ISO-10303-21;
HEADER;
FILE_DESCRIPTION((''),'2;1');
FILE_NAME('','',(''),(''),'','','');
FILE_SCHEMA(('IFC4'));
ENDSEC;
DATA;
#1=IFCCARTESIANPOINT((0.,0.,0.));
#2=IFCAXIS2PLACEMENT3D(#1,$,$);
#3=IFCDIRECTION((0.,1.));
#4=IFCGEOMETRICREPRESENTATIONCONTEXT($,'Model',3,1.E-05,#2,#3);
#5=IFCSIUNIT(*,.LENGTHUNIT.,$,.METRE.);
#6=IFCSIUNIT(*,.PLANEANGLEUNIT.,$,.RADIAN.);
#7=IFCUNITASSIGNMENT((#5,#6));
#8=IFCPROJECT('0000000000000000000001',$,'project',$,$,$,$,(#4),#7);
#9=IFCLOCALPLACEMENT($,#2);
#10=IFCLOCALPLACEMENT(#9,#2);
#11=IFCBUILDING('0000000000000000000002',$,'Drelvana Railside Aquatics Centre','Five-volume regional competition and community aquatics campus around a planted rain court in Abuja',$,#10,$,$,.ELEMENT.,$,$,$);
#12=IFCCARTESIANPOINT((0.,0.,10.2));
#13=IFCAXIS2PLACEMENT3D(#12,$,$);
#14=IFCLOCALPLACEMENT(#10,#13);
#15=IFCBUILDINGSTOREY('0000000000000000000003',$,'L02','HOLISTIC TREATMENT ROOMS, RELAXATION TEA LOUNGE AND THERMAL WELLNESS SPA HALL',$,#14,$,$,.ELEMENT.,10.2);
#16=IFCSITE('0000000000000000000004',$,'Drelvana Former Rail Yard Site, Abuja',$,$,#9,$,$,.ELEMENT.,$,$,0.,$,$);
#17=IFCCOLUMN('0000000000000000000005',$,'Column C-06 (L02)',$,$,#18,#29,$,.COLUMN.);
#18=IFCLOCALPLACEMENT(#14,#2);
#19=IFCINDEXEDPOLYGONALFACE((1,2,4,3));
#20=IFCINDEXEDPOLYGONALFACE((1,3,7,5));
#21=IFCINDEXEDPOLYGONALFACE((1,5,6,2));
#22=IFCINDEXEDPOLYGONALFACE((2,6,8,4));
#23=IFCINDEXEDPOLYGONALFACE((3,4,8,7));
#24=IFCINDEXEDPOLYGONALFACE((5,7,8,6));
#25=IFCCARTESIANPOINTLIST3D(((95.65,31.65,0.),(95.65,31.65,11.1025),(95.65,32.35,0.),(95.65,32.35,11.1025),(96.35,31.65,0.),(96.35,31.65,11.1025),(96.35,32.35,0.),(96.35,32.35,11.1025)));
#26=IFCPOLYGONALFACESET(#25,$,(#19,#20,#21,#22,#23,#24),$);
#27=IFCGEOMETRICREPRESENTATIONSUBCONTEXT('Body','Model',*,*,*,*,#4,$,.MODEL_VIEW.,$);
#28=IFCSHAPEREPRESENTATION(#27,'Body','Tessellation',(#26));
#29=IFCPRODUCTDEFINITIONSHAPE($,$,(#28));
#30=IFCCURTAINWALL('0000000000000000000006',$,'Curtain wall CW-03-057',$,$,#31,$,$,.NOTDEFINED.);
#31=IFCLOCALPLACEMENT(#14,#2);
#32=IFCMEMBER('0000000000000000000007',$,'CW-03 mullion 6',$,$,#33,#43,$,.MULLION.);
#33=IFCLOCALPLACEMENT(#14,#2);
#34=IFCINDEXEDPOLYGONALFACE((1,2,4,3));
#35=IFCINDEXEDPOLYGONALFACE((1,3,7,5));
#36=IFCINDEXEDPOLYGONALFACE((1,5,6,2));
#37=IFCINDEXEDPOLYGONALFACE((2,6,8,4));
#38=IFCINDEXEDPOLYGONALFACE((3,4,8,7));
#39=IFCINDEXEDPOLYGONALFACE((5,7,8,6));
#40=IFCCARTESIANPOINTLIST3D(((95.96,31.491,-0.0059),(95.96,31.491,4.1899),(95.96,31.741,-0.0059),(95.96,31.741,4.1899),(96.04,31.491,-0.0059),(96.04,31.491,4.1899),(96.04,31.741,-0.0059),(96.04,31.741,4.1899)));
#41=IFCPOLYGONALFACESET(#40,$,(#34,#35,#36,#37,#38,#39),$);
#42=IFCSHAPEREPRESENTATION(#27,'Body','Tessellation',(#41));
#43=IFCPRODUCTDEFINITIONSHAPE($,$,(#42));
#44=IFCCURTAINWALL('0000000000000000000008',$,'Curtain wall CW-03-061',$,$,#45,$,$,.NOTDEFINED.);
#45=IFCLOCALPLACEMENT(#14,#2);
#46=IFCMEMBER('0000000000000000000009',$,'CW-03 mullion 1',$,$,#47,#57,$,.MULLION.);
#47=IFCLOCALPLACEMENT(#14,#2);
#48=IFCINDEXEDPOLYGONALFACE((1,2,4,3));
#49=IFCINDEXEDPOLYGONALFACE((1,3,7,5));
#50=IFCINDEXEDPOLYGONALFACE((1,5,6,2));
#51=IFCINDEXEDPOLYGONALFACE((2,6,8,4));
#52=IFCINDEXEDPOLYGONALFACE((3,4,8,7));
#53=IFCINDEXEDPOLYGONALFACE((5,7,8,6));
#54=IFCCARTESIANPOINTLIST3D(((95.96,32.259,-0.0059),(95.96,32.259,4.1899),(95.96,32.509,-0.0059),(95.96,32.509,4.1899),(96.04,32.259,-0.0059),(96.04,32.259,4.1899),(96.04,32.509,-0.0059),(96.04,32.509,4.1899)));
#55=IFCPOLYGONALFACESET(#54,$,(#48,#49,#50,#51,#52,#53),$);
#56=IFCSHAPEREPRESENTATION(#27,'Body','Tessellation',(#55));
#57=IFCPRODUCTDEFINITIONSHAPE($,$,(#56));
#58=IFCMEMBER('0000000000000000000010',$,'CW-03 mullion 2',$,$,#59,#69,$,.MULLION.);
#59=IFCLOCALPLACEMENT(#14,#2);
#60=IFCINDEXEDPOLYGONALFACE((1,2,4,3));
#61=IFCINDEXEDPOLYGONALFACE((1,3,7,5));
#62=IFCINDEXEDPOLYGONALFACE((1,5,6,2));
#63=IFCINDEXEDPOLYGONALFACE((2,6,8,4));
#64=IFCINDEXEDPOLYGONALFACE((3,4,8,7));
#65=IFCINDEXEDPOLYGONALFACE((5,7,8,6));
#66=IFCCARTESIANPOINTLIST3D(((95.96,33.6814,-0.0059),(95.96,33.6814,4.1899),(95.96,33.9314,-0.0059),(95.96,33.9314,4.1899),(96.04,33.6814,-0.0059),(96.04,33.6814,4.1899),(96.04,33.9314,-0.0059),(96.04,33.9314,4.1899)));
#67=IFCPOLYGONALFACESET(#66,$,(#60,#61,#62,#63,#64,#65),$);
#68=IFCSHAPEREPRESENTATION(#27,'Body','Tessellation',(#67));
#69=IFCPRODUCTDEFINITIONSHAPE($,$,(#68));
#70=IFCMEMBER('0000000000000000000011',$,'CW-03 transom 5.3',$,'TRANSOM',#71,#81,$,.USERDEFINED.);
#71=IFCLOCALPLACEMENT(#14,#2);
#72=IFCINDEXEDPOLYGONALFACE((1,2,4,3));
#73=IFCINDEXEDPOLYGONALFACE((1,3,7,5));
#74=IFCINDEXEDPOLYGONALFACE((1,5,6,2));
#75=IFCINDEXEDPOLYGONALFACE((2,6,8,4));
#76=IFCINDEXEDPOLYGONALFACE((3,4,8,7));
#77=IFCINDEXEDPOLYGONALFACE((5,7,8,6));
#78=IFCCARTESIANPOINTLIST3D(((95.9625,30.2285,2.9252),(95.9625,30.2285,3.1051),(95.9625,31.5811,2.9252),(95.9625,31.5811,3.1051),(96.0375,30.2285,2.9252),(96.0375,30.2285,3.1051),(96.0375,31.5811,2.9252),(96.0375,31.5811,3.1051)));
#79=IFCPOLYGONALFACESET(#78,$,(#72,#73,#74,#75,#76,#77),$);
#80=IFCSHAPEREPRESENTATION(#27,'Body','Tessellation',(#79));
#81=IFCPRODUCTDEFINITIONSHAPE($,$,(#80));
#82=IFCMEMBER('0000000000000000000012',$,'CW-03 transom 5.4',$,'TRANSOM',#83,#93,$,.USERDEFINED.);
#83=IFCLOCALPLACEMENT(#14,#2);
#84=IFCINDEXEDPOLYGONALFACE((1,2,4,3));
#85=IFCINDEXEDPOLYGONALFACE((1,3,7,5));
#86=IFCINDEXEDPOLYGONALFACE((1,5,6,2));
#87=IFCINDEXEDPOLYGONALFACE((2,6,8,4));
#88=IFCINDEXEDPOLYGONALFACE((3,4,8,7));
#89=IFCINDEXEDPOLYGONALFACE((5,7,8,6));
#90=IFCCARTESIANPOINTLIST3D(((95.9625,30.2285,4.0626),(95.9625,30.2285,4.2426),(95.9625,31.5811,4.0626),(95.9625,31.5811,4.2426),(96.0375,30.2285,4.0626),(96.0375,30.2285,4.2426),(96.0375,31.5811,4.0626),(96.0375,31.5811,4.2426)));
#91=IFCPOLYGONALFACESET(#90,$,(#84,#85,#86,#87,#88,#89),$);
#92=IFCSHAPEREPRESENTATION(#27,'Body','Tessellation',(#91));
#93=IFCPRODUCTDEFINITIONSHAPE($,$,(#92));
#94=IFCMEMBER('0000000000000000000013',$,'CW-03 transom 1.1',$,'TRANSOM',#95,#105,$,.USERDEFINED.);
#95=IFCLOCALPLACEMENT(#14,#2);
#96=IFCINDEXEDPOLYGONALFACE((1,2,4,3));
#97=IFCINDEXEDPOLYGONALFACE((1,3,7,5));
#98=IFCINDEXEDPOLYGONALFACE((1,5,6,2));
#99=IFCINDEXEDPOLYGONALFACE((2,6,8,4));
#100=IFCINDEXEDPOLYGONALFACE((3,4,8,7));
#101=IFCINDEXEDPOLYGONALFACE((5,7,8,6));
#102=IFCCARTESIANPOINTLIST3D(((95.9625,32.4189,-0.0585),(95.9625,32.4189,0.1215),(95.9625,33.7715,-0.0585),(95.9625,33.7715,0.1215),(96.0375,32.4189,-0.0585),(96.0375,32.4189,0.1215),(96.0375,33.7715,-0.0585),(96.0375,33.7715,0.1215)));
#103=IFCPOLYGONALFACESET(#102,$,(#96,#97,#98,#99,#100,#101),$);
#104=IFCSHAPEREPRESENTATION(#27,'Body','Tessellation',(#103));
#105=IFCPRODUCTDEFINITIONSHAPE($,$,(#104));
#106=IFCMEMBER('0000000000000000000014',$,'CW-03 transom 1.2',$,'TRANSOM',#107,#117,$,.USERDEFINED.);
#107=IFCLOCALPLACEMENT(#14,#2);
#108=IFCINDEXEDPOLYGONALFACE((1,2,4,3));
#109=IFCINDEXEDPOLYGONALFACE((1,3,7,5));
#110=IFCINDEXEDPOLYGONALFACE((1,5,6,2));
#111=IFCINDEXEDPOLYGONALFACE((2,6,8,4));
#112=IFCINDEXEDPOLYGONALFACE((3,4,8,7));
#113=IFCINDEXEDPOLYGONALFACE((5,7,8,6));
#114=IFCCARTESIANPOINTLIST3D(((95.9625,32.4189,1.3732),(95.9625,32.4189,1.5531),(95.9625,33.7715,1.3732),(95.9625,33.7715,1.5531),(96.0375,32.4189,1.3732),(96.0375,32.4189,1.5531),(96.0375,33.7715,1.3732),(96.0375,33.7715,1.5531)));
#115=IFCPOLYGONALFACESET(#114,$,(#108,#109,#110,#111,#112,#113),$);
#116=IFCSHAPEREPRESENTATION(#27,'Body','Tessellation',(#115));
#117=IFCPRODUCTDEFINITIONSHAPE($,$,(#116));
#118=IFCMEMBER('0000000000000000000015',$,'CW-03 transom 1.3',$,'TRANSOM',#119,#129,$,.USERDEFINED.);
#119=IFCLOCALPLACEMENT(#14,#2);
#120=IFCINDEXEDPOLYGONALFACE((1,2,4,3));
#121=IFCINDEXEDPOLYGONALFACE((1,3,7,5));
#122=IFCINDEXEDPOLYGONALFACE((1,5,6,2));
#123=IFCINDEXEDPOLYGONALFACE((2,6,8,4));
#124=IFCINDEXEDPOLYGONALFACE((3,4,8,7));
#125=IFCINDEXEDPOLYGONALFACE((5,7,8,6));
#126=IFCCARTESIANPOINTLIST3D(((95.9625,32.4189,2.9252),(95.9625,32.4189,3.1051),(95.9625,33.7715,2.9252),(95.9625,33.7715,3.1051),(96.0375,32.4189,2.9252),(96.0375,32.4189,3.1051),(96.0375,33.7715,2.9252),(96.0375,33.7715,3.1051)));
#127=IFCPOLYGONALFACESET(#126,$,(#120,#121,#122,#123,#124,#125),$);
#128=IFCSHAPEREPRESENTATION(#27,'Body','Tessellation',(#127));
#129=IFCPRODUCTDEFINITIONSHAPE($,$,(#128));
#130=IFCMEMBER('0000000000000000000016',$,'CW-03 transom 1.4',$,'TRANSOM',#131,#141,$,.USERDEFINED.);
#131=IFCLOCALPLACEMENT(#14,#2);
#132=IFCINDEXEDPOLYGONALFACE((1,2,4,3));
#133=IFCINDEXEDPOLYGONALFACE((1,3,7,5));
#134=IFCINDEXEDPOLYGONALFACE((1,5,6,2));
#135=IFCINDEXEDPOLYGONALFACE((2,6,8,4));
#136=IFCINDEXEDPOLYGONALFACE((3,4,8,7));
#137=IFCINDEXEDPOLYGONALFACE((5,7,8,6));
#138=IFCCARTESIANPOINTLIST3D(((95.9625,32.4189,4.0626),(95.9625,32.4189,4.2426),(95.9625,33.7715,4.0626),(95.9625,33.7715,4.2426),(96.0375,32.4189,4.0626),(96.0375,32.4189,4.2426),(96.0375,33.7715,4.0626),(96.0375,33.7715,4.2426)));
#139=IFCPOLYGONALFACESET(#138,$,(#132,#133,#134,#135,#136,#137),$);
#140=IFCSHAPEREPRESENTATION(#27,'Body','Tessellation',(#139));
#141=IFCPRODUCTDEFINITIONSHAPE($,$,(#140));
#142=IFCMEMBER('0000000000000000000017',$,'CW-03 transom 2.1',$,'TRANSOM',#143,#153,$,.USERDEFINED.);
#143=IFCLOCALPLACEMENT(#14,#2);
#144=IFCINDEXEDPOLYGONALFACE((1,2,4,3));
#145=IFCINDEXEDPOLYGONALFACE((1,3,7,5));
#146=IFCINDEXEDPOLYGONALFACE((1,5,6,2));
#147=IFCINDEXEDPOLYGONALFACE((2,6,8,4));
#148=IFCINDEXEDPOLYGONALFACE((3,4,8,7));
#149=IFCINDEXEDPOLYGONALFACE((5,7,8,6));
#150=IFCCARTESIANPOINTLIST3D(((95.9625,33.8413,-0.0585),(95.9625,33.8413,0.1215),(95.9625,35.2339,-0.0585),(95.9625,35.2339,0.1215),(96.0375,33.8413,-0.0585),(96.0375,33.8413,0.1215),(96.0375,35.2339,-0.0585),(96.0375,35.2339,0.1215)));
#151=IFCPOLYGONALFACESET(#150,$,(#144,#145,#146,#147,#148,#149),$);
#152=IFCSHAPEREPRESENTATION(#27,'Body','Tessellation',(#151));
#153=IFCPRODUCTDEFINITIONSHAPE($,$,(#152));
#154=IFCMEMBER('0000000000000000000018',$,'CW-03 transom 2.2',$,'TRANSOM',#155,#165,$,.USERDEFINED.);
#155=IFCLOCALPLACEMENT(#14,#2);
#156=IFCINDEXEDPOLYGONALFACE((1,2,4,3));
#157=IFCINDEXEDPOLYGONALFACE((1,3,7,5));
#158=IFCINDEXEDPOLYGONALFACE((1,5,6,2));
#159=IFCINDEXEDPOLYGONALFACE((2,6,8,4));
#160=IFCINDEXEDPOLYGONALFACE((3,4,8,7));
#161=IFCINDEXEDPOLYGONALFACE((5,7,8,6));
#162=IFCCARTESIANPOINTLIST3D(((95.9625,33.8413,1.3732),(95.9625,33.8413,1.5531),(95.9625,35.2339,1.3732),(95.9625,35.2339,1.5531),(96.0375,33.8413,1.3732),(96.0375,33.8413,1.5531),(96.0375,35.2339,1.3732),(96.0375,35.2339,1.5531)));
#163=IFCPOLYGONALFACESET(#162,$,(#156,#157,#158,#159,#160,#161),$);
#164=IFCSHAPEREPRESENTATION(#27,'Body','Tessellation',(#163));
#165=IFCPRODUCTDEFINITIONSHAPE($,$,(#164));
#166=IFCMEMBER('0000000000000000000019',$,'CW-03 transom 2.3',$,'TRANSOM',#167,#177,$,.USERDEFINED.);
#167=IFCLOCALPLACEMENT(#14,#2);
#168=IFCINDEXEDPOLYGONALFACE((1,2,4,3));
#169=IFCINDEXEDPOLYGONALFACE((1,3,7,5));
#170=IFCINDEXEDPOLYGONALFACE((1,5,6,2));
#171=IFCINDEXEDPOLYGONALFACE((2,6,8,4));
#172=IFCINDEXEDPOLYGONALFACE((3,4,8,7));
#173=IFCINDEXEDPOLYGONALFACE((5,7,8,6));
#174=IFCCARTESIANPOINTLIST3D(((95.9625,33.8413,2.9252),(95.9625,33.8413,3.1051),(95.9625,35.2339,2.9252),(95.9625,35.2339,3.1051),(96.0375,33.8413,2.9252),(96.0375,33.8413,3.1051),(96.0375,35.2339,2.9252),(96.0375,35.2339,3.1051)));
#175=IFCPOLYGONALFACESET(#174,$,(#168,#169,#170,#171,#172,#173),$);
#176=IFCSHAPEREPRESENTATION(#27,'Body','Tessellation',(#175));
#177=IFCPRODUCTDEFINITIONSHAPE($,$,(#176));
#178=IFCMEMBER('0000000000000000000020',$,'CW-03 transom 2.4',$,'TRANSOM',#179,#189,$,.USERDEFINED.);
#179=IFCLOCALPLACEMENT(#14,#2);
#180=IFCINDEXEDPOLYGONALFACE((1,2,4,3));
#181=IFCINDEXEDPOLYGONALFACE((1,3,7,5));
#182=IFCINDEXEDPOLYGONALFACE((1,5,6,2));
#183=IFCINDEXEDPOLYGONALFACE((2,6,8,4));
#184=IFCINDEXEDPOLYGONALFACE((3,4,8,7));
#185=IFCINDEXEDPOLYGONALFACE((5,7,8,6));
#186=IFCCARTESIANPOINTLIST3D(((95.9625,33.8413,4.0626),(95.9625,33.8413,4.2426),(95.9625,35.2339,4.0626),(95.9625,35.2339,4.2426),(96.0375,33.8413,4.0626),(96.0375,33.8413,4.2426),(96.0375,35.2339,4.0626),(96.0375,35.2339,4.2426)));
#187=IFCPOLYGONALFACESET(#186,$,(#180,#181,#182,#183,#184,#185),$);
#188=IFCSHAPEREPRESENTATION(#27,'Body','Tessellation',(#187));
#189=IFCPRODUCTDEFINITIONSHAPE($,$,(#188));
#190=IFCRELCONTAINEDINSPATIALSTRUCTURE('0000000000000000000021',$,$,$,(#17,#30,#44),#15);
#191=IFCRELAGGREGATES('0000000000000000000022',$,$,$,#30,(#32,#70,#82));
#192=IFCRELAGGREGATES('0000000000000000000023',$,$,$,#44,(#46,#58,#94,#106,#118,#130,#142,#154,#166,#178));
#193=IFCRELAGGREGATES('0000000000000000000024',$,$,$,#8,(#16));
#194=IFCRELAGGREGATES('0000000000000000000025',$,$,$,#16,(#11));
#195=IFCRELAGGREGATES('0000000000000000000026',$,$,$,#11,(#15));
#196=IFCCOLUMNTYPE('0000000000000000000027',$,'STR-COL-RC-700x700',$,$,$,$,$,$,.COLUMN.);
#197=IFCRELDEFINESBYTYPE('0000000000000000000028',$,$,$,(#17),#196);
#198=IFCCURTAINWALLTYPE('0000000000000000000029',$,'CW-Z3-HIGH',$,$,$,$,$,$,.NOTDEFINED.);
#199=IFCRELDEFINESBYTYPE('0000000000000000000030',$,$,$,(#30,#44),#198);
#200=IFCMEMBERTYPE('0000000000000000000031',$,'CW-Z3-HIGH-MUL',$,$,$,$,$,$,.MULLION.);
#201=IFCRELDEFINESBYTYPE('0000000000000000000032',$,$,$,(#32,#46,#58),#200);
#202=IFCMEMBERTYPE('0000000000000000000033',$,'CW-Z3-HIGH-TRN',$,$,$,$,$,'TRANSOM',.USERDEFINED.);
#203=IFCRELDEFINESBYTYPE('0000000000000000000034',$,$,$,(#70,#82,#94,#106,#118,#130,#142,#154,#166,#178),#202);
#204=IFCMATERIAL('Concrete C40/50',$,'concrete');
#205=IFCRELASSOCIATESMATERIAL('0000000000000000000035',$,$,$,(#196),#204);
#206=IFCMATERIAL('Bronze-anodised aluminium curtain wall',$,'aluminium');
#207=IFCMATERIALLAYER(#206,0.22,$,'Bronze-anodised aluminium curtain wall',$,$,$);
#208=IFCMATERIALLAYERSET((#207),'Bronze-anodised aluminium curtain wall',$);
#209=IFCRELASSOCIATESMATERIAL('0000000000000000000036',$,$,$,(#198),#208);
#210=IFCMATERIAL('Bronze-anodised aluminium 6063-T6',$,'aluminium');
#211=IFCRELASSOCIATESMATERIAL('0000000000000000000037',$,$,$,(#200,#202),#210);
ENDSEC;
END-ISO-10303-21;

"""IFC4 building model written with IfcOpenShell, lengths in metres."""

from ifc_helpers import new_model, si_unit, direction, frame, origin, origin_2d, place, context, subcontext, project, spatial, rectangle, extrude, material, layer, layer_set, material_profile, profile_set, type_object, element, aggregate, save


model = new_model("IFC4")

# Units and contexts
model_context = context("Model", 3, precision=1e-05, world=origin(), true_north=direction((0.0, 1.0)))
body_context = subcontext(model_context, "Body", "Model", "MODEL_VIEW")
ifc_project = project(units=[si_unit("LENGTHUNIT", "METRE"), si_unit("PLANEANGLEUNIT", "RADIAN")], contexts=[model_context])

# Site, building, storey
site_placement = place(None, origin())
site = spatial("IfcSite", under=ifc_project, at=site_placement, Name="Drelvana Former Rail Yard Site, Abuja", CompositionType="ELEMENT", RefElevation=0.0)
building_placement = place(site_placement, origin())
building = spatial("IfcBuilding", under=site, at=building_placement, Name="Drelvana Railside Aquatics Centre", Description="Five-volume regional competition and community aquatics campus around a planted rain court in Abuja", CompositionType="ELEMENT")
storey_placement = place(building_placement, frame((0.0, 0.0, 10.2)))
storey = spatial("IfcBuildingStorey", under=building, at=storey_placement, Name="L02", Description="HOLISTIC TREATMENT ROOMS, RELAXATION TEA LOUNGE AND THERMAL WELLNESS SPA HALL", CompositionType="ELEMENT", Elevation=10.2)

# Column
ifc_material_1 = material(Name="Concrete C40/50", Category="concrete")
ifc_material_profile_1 = material_profile(ifc_material_1, rectangle(XDim=0.7, YDim=0.7, at=origin_2d()), Name="RC 700x700")
ifc_profile_set_1 = profile_set([ifc_material_profile_1], Name="Concrete C40/50")
column_type = type_object("IfcColumnType", Name="STR-COL-RC-700x700", PredefinedType="COLUMN", material=ifc_profile_set_1)
column_placement = place(storey_placement, frame((96.0, 32.0, 0.0), z_axis=(0.0, 0.0, 1.0), x_axis=(1.0, 0.0, 0.0)))
element("IfcColumn", 1, at=column_placement, inside=storey, type_object=column_type, Name="Column C-06 (L02)", PredefinedType="COLUMN", context=body_context, shape_type="SweptSolid", body=[
    extrude(rectangle(XDim=0.7, YDim=0.7, at=origin_2d()), origin(), (0.0, 0.0, 1.0), 11.1025),
])

# Curtain wall, member
ifc_material_2 = material(Name="Bronze-anodised aluminium curtain wall", Category="aluminium")
ifc_layer_1 = layer(ifc_material_2, 0.22, Name="Bronze-anodised aluminium curtain wall")
ifc_layer_set_1 = layer_set([ifc_layer_1], Name="Bronze-anodised aluminium curtain wall")
curtain_wall_type = type_object("IfcCurtainWallType", Name="CW-Z3-HIGH", PredefinedType="NOTDEFINED", material=ifc_layer_set_1)
curtain_wall_1_placement = place(storey_placement, origin())
curtain_wall_1 = element("IfcCurtainWall", 2, at=curtain_wall_1_placement, inside=storey, type_object=curtain_wall_type, Name="Curtain wall CW-03-057", PredefinedType="NOTDEFINED")
ifc_material_3 = material(Name="Bronze-anodised aluminium 6063-T6", Category="aluminium")
ifc_material_profile_2 = material_profile(ifc_material_3, rectangle(XDim=0.0801, YDim=0.25, at=origin_2d()), Name="ALU-M 80x250")
ifc_profile_set_2 = profile_set([ifc_material_profile_2], Name="Bronze-anodised aluminium 6063-T6")
member_type_1 = type_object("IfcMemberType", Name="CW-Z3-HIGH-MUL", PredefinedType="MULLION", material=ifc_profile_set_2)
member_1_placement = place(storey_placement, frame((96.0, 31.616, -0.0059), z_axis=(0.0, 0.0, 1.0), x_axis=(-1.0, 0.0, 0.0)))
member_1 = element("IfcMember", 3, at=member_1_placement, type_object=member_type_1, Name="CW-03 mullion 6", PredefinedType="MULLION", context=body_context, shape_type="SweptSolid", body=[
    extrude(rectangle(XDim=0.0801, YDim=0.25, at=origin_2d()), origin(), (0.0, 0.0, 1.0), 4.1958),
])

# Curtain wall, members
curtain_wall_2_placement = place(storey_placement, origin())
curtain_wall_2 = element("IfcCurtainWall", 4, at=curtain_wall_2_placement, inside=storey, type_object=curtain_wall_type, Name="Curtain wall CW-03-061", PredefinedType="NOTDEFINED")
member_2_placement = place(storey_placement, frame((96.0, 32.384, -0.0059), z_axis=(0.0, 0.0, 1.0), x_axis=(-1.0, 0.0, 0.0)))
member_2 = element("IfcMember", 5, at=member_2_placement, type_object=member_type_1, Name="CW-03 mullion 1", PredefinedType="MULLION", context=body_context, shape_type="SweptSolid", body=[
    extrude(rectangle(XDim=0.0801, YDim=0.25, at=origin_2d()), origin(), (0.0, 0.0, 1.0), 4.1958),
])
member_3_placement = place(storey_placement, frame((96.0, 33.8064, -0.0059), z_axis=(0.0, 0.0, 1.0), x_axis=(-1.0, 0.0, 0.0)))
member_3 = element("IfcMember", 6, at=member_3_placement, type_object=member_type_1, Name="CW-03 mullion 2", PredefinedType="MULLION", context=body_context, shape_type="SweptSolid", body=[
    extrude(rectangle(XDim=0.0801, YDim=0.25, at=origin_2d()), origin(), (0.0, 0.0, 1.0), 4.1958),
])

# Members
ifc_material_profile_3 = material_profile(ifc_material_3, rectangle(XDim=0.1799, YDim=0.075, at=origin_2d()), Name="ALU-T 75x180")
ifc_profile_set_3 = profile_set([ifc_material_profile_3], Name="Bronze-anodised aluminium 6063-T6")
member_type_2 = type_object("IfcMemberType", Name="CW-Z3-HIGH-TRN", ElementType="TRANSOM", PredefinedType="USERDEFINED", material=ifc_profile_set_3)
member_4_placement = place(storey_placement, frame((96.0, 30.2285, 3.0151), z_axis=(0.0, 1.0, 0.0), x_axis=(0.0, 0.0, 1.0)))
member_4 = element("IfcMember", 7, at=member_4_placement, type_object=member_type_2, Name="CW-03 transom 5.3", ObjectType="TRANSOM", PredefinedType="USERDEFINED", context=body_context, shape_type="SweptSolid", body=[
    extrude(rectangle(XDim=0.1799, YDim=0.075, at=origin_2d()), origin(), (0.0, 0.0, 1.0), 1.3525),
])
member_5_placement = place(storey_placement, frame((96.0, 30.2285, 4.1526), z_axis=(0.0, 1.0, 0.0), x_axis=(0.0, 0.0, 1.0)))
member_5 = element("IfcMember", 8, at=member_5_placement, type_object=member_type_2, Name="CW-03 transom 5.4", ObjectType="TRANSOM", PredefinedType="USERDEFINED", context=body_context, shape_type="SweptSolid", body=[
    extrude(rectangle(XDim=0.1799, YDim=0.075, at=origin_2d()), origin(), (0.0, 0.0, 1.0), 1.3525),
])
member_6_placement = place(storey_placement, frame((96.0, 32.4189, 0.0315), z_axis=(0.0, 1.0, 0.0), x_axis=(0.0, 0.0, 1.0)))
member_6 = element("IfcMember", 9, at=member_6_placement, type_object=member_type_2, Name="CW-03 transom 1.1", ObjectType="TRANSOM", PredefinedType="USERDEFINED", context=body_context, shape_type="SweptSolid", body=[
    extrude(rectangle(XDim=0.1799, YDim=0.075, at=origin_2d()), origin(), (0.0, 0.0, 1.0), 1.3525),
])
member_7_placement = place(storey_placement, frame((96.0, 32.4189, 1.4631), z_axis=(0.0, 1.0, 0.0), x_axis=(0.0, 0.0, 1.0)))
member_7 = element("IfcMember", 10, at=member_7_placement, type_object=member_type_2, Name="CW-03 transom 1.2", ObjectType="TRANSOM", PredefinedType="USERDEFINED", context=body_context, shape_type="SweptSolid", body=[
    extrude(rectangle(XDim=0.1799, YDim=0.075, at=origin_2d()), origin(), (0.0, 0.0, 1.0), 1.3525),
])
member_8_placement = place(storey_placement, frame((96.0, 32.4189, 3.0151), z_axis=(0.0, 1.0, 0.0), x_axis=(0.0, 0.0, 1.0)))
member_8 = element("IfcMember", 11, at=member_8_placement, type_object=member_type_2, Name="CW-03 transom 1.3", ObjectType="TRANSOM", PredefinedType="USERDEFINED", context=body_context, shape_type="SweptSolid", body=[
    extrude(rectangle(XDim=0.1799, YDim=0.075, at=origin_2d()), origin(), (0.0, 0.0, 1.0), 1.3525),
])
member_9_placement = place(storey_placement, frame((96.0, 32.4189, 4.1526), z_axis=(0.0, 1.0, 0.0), x_axis=(0.0, 0.0, 1.0)))
member_9 = element("IfcMember", 12, at=member_9_placement, type_object=member_type_2, Name="CW-03 transom 1.4", ObjectType="TRANSOM", PredefinedType="USERDEFINED", context=body_context, shape_type="SweptSolid", body=[
    extrude(rectangle(XDim=0.1799, YDim=0.075, at=origin_2d()), origin(), (0.0, 0.0, 1.0), 1.3525),
])
member_10_placement = place(storey_placement, frame((96.0, 33.8413, 0.0315), z_axis=(0.0, 1.0, 0.0), x_axis=(0.0, 0.0, 1.0)))
member_10 = element("IfcMember", 13, at=member_10_placement, type_object=member_type_2, Name="CW-03 transom 2.1", ObjectType="TRANSOM", PredefinedType="USERDEFINED", context=body_context, shape_type="SweptSolid", body=[
    extrude(rectangle(XDim=0.1799, YDim=0.075, at=origin_2d()), origin(), (0.0, 0.0, 1.0), 1.3926),
])
member_11_placement = place(storey_placement, frame((96.0, 33.8413, 1.4631), z_axis=(0.0, 1.0, 0.0), x_axis=(0.0, 0.0, 1.0)))
member_11 = element("IfcMember", 14, at=member_11_placement, type_object=member_type_2, Name="CW-03 transom 2.2", ObjectType="TRANSOM", PredefinedType="USERDEFINED", context=body_context, shape_type="SweptSolid", body=[
    extrude(rectangle(XDim=0.1799, YDim=0.075, at=origin_2d()), origin(), (0.0, 0.0, 1.0), 1.3926),
])
member_12_placement = place(storey_placement, frame((96.0, 33.8413, 3.0151), z_axis=(0.0, 1.0, 0.0), x_axis=(0.0, 0.0, 1.0)))
member_12 = element("IfcMember", 15, at=member_12_placement, type_object=member_type_2, Name="CW-03 transom 2.3", ObjectType="TRANSOM", PredefinedType="USERDEFINED", context=body_context, shape_type="SweptSolid", body=[
    extrude(rectangle(XDim=0.1799, YDim=0.075, at=origin_2d()), origin(), (0.0, 0.0, 1.0), 1.3926),
])
member_13_placement = place(storey_placement, frame((96.0, 33.8413, 4.1526), z_axis=(0.0, 1.0, 0.0), x_axis=(0.0, 0.0, 1.0)))
member_13 = element("IfcMember", 16, at=member_13_placement, type_object=member_type_2, Name="CW-03 transom 2.4", ObjectType="TRANSOM", PredefinedType="USERDEFINED", context=body_context, shape_type="SweptSolid", body=[
    extrude(rectangle(XDim=0.1799, YDim=0.075, at=origin_2d()), origin(), (0.0, 0.0, 1.0), 1.3926),
])

aggregate(curtain_wall_1, [member_1, member_4, member_5])
aggregate(curtain_wall_2, [member_2, member_3, member_6, member_7, member_8, member_9, member_10, member_11, member_12, member_13])

save(model, "model.ifc")
